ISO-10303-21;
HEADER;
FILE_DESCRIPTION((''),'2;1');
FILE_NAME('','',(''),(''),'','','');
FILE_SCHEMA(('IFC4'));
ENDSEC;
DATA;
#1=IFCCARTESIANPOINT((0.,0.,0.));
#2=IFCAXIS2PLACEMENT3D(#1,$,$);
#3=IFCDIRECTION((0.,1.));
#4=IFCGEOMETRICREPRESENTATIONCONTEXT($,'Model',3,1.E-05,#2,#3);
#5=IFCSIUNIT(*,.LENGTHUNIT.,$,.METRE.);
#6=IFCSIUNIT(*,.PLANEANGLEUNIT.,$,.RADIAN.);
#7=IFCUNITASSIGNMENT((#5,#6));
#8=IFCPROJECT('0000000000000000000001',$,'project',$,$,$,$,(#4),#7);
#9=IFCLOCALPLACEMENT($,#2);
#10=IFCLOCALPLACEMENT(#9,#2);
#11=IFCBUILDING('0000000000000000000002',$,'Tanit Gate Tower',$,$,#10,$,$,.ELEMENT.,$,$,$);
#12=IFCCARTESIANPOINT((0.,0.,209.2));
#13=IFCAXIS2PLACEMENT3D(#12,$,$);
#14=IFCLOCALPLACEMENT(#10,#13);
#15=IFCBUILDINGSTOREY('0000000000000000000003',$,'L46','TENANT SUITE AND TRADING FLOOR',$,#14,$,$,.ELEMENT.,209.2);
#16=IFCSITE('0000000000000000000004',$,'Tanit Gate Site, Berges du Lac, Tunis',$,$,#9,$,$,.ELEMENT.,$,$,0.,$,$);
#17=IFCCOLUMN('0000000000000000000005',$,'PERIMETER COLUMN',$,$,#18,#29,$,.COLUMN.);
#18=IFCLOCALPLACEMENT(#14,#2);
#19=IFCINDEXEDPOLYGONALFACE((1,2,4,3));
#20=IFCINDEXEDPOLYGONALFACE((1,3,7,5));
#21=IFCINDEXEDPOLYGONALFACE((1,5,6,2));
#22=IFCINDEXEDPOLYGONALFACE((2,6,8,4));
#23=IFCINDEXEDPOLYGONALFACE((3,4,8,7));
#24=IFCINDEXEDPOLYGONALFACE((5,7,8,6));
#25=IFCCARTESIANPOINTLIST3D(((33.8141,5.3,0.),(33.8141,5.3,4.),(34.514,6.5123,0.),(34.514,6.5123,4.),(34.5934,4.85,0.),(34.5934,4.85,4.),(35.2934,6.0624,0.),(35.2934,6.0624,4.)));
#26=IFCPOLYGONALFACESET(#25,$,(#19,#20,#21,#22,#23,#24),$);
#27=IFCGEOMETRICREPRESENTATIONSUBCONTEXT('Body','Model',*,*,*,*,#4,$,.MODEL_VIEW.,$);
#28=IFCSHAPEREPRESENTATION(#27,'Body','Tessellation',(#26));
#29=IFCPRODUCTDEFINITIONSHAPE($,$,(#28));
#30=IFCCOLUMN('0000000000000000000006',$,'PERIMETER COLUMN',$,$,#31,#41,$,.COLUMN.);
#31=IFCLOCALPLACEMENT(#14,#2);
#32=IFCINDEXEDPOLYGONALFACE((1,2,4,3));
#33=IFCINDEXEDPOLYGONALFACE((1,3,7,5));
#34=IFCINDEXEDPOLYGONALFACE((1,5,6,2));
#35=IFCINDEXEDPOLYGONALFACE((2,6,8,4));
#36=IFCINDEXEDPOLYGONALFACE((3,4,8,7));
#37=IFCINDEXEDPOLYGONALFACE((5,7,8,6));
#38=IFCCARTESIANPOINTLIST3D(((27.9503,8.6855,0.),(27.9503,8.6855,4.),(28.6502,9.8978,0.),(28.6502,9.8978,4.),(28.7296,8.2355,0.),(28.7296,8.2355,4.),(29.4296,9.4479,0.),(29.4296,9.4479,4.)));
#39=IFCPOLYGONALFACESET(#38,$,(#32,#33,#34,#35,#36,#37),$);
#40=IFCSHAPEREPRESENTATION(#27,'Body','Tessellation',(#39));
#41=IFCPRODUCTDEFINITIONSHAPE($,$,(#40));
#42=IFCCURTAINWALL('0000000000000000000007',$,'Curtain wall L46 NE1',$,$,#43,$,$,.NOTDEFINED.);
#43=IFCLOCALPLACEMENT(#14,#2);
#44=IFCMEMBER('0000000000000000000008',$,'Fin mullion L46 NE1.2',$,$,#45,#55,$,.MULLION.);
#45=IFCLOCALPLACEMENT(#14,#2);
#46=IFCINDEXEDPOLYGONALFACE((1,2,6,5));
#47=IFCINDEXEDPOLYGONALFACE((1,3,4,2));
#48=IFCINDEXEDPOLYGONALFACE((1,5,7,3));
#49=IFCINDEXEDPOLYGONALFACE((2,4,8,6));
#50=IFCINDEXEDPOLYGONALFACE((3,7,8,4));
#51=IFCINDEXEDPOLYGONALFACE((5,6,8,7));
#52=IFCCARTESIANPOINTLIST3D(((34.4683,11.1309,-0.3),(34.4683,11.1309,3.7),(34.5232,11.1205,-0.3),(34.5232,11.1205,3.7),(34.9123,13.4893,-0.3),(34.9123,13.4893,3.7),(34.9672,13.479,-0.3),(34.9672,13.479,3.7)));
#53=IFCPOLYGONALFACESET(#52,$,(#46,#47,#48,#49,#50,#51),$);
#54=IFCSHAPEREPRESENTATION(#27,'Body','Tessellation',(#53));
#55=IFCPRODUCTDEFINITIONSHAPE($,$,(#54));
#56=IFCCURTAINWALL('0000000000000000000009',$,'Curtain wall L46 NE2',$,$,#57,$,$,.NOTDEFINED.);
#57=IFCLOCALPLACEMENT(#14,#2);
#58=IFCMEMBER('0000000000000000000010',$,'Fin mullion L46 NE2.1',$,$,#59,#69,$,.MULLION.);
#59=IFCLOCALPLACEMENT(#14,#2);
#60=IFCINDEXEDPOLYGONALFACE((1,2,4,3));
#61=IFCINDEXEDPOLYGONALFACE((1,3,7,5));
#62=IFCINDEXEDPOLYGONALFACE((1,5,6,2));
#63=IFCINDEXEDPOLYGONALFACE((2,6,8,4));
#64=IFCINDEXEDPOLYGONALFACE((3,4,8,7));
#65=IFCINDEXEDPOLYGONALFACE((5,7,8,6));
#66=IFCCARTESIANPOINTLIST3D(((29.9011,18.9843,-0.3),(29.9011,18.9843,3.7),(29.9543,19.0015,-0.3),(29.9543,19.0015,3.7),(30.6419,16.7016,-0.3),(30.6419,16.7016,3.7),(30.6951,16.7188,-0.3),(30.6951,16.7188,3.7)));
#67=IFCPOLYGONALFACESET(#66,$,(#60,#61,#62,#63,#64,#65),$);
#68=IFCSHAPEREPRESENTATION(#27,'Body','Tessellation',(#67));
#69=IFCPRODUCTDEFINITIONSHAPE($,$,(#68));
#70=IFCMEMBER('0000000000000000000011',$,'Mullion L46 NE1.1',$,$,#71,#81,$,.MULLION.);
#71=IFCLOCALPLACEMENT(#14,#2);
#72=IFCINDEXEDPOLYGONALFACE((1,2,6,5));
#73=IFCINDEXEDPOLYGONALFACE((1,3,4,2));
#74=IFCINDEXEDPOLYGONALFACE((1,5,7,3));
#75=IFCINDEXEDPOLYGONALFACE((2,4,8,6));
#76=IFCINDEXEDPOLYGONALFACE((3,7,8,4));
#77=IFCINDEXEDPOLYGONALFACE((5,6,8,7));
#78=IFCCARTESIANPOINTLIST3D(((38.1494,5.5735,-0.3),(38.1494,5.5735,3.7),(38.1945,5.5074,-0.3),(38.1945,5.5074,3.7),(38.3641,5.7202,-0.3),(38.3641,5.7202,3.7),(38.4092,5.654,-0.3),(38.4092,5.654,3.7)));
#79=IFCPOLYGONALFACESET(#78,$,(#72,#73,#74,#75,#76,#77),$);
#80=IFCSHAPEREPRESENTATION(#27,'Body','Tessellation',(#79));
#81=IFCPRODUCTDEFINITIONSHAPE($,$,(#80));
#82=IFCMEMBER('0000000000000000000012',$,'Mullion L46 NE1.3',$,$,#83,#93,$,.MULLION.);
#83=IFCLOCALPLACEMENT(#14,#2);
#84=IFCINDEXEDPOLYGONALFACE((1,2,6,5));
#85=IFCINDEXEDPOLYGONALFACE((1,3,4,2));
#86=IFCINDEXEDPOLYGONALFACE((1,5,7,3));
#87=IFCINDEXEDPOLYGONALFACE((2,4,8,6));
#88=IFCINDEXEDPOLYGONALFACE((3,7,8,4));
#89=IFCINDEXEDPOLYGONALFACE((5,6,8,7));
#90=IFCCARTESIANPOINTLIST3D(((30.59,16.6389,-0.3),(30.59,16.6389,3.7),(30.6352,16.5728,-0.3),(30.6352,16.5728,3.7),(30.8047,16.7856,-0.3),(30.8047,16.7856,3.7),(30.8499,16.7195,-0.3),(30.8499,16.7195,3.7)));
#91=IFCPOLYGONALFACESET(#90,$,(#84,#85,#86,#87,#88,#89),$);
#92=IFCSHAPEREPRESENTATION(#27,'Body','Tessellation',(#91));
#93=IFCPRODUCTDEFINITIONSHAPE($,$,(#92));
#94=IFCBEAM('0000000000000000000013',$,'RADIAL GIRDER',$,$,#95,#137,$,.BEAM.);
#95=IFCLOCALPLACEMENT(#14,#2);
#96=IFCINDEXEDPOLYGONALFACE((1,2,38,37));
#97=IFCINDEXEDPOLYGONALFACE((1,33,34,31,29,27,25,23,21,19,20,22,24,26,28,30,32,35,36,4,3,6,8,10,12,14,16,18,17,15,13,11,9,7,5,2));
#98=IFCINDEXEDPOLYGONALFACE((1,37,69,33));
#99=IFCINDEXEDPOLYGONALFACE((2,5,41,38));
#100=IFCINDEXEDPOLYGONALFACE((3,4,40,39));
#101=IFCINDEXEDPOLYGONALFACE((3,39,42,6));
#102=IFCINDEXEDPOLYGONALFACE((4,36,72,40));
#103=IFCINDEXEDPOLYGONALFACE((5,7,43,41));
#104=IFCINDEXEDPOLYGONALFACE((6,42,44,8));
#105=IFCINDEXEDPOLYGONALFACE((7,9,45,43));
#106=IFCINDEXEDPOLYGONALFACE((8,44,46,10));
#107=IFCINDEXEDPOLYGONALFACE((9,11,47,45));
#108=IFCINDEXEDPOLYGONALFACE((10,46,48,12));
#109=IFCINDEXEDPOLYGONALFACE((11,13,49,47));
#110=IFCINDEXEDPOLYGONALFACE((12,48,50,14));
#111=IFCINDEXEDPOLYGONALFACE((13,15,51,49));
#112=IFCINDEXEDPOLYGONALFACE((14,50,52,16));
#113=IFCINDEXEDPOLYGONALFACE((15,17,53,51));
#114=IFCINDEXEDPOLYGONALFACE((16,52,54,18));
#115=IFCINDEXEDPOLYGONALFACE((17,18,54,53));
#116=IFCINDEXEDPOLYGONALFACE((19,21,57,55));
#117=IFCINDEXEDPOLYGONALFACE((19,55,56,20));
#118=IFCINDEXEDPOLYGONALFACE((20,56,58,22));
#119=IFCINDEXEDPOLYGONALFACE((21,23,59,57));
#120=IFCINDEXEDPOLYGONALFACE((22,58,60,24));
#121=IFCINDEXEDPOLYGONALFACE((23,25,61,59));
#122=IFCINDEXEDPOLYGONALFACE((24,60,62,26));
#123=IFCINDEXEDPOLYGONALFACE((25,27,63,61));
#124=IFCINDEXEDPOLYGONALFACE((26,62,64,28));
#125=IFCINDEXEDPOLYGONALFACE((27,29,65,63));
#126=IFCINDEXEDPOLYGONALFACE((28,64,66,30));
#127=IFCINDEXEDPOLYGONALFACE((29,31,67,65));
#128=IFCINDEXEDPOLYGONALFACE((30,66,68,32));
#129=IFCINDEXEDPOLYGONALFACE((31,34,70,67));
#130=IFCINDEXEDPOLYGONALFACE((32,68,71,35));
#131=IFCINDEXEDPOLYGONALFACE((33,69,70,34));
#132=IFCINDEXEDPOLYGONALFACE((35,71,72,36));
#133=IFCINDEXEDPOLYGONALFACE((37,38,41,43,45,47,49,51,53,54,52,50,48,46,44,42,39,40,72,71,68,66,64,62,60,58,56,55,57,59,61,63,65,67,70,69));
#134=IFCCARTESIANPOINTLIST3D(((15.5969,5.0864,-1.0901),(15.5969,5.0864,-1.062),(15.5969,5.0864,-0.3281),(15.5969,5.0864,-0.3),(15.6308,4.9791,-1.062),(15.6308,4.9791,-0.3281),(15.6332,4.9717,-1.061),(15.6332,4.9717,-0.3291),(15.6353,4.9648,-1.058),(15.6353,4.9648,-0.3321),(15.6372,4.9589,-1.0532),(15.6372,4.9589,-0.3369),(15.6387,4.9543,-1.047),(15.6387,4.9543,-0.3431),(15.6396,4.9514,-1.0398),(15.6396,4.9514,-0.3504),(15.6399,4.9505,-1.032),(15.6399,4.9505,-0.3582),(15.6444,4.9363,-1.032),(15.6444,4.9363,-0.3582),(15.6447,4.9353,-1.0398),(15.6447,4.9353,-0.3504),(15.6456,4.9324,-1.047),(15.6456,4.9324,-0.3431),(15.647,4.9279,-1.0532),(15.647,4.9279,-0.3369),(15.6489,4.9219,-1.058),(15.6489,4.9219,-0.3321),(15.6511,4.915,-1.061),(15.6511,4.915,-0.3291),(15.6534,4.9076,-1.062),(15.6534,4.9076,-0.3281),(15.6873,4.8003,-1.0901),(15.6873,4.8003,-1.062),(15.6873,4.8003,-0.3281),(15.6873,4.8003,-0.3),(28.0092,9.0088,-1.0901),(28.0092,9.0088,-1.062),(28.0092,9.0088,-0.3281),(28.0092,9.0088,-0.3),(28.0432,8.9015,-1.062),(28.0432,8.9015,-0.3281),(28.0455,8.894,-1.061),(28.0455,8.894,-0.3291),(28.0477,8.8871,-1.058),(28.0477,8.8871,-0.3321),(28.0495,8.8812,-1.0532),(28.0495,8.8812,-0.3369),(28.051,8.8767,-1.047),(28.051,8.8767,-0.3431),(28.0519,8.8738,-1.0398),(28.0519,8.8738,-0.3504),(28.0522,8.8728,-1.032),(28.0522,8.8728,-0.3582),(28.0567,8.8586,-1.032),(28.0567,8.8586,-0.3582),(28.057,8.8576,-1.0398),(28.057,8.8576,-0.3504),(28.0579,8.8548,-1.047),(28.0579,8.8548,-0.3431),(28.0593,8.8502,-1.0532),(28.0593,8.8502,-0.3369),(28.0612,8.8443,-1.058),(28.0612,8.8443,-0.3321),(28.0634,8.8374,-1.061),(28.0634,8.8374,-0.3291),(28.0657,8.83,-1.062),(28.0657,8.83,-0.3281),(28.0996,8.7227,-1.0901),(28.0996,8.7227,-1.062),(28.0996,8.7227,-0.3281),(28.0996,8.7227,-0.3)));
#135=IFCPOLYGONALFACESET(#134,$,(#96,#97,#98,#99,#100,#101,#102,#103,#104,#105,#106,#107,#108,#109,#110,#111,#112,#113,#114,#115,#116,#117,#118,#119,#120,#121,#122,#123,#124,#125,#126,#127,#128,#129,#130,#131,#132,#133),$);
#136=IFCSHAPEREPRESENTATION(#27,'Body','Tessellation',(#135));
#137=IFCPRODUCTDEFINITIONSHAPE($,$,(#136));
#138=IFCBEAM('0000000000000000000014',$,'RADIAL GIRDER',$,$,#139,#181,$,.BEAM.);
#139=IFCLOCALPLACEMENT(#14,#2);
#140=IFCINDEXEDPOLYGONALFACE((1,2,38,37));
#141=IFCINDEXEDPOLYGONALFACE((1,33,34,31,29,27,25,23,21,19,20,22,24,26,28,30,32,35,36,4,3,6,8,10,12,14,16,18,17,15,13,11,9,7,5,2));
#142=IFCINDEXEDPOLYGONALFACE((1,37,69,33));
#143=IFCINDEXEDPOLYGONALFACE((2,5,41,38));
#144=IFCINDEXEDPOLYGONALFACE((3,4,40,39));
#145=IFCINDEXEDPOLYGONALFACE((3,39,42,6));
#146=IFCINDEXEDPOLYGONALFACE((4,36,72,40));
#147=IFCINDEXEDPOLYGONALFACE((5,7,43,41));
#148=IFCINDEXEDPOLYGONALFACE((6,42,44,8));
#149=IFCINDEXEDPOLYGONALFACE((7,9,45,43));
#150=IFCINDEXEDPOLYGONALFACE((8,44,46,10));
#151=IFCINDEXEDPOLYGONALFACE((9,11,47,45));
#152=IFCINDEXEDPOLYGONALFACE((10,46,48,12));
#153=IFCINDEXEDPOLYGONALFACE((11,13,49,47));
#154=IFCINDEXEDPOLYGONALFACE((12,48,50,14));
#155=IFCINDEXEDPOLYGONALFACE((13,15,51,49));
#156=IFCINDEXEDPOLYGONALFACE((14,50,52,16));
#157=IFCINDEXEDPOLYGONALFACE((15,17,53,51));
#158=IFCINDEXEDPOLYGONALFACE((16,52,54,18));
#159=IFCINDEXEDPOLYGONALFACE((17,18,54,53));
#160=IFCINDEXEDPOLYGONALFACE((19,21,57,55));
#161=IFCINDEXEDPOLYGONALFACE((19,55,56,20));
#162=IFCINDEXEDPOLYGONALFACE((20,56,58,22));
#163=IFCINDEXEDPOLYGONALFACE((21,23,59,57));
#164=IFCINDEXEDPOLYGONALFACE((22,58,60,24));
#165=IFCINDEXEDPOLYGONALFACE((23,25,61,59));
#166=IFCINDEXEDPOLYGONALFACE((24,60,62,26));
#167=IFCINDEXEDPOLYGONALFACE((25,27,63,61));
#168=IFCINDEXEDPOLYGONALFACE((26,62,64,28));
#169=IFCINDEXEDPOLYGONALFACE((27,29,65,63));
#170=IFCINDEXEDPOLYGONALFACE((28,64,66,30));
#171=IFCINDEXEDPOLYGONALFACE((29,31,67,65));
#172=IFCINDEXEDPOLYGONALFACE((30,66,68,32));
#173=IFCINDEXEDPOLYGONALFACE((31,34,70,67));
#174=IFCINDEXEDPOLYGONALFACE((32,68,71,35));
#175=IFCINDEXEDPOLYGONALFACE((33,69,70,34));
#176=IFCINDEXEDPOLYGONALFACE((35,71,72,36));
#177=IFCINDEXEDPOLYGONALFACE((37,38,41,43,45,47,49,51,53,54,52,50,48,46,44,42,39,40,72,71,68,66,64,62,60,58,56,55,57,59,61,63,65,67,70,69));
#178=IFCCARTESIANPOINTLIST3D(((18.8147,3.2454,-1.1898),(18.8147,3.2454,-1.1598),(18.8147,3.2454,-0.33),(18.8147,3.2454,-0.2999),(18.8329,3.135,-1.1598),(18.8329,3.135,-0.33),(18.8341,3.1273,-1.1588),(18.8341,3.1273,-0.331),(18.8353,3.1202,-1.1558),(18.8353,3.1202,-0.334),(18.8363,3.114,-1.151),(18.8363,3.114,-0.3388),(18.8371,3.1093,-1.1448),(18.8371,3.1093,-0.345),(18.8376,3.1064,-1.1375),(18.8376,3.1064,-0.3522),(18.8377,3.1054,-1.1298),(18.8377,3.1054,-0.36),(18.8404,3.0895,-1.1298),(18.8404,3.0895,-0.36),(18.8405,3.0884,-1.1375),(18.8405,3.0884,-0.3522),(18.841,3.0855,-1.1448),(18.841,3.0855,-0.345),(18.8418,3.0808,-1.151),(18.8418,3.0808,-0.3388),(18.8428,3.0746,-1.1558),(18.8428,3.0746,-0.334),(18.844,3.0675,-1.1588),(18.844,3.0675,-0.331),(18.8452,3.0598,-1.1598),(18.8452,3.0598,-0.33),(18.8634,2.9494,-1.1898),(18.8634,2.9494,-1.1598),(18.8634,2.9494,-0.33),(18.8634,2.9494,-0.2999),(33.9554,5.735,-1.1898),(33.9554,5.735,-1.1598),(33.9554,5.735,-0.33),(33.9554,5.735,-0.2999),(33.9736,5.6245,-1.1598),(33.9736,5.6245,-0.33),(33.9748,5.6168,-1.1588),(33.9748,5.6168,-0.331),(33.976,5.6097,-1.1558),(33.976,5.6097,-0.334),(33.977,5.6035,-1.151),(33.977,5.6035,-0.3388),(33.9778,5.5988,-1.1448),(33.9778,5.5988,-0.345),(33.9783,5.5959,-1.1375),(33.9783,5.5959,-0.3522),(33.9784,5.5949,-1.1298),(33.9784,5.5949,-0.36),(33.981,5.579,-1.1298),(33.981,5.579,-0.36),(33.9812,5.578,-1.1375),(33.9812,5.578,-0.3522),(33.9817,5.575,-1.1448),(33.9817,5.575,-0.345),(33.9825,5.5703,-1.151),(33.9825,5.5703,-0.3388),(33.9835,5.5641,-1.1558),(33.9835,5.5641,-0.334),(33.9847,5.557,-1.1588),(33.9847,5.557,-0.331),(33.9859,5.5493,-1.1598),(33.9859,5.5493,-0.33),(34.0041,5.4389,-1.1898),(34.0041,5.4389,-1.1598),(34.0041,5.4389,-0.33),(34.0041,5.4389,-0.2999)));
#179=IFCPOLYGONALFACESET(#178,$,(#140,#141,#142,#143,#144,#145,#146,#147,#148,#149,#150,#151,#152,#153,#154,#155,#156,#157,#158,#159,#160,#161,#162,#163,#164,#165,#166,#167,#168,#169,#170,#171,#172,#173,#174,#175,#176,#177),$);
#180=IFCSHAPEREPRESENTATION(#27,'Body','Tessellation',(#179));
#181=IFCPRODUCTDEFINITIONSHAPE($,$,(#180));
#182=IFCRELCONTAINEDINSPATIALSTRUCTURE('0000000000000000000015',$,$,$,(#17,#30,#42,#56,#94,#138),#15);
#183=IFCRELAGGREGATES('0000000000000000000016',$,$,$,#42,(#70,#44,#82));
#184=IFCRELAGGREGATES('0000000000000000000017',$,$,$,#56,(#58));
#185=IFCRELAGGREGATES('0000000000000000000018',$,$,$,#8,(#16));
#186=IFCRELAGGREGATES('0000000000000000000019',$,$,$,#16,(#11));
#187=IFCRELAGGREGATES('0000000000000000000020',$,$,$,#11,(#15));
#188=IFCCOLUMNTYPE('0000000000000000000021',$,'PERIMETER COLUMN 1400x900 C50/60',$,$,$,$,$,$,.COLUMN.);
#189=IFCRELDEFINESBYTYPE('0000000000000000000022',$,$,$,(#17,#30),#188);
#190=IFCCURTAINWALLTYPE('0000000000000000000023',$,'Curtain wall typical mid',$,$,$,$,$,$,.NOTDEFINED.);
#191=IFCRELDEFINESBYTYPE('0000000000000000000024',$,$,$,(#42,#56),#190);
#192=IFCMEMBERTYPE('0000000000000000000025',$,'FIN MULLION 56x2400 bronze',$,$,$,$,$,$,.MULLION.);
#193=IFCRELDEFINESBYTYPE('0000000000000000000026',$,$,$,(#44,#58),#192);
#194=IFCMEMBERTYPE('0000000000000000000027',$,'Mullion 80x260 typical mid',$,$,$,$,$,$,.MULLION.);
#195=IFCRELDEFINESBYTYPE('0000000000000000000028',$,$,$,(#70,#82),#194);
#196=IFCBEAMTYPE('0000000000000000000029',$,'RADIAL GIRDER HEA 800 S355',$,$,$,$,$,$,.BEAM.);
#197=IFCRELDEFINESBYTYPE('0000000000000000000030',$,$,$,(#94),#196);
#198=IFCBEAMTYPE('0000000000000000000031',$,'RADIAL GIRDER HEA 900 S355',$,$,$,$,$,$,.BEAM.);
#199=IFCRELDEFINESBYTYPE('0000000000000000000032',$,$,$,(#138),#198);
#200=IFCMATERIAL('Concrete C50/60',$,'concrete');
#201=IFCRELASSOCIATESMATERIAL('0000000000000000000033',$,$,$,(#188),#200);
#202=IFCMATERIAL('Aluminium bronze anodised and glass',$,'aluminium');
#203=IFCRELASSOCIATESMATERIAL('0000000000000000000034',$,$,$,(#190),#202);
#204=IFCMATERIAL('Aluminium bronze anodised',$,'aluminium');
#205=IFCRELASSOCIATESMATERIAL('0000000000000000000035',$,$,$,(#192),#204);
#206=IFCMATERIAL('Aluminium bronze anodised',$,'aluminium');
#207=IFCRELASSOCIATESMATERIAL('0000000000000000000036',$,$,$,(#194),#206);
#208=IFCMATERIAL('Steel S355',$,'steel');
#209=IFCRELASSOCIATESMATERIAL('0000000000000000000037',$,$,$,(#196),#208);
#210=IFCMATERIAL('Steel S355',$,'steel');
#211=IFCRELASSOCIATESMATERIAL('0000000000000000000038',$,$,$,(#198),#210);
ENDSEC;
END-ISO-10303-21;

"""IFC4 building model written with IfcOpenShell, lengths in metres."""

from ifc_helpers import new_model, si_unit, direction, frame, origin, origin_2d, place, context, subcontext, project, spatial, rectangle, i_section, extrude, material, material_profile, profile_set, type_object, element, aggregate, save


model = new_model("IFC4")

# Units and contexts
model_context = context("Model", 3, precision=1e-05, world=origin(), true_north=direction((0.0, 1.0)))
body_context = subcontext(model_context, "Body", "Model", "MODEL_VIEW")
ifc_project = project(units=[si_unit("LENGTHUNIT", "METRE"), si_unit("PLANEANGLEUNIT", "RADIAN")], contexts=[model_context])

# Site, building, storey
site_placement = place(None, origin())
site = spatial("IfcSite", under=ifc_project, at=site_placement, Name="Tanit Gate Site, Berges du Lac, Tunis", CompositionType="ELEMENT", RefElevation=0.0)
building_placement = place(site_placement, origin())
building = spatial("IfcBuilding", under=site, at=building_placement, Name="Tanit Gate Tower", CompositionType="ELEMENT")
storey_placement = place(building_placement, frame((0.0, 0.0, 209.2)))
storey = spatial("IfcBuildingStorey", under=building, at=storey_placement, Name="L46", Description="TENANT SUITE AND TRADING FLOOR", CompositionType="ELEMENT", Elevation=209.2)

# Columns
ifc_material_1 = material(Name="Concrete C50/60", Category="concrete")
ifc_material_profile_1 = material_profile(ifc_material_1, rectangle(XDim=1.3999, YDim=0.8999, at=origin_2d()), Name="RC 1400x900")
ifc_profile_set_1 = profile_set([ifc_material_profile_1], Name="Concrete C50/60")
column_type = type_object("IfcColumnType", Name="PERIMETER COLUMN 1400x900 C50/60", PredefinedType="COLUMN", material=ifc_profile_set_1)
for number, where, z_axis, x_axis, name in (
    (1, (34.5537, 5.6812, 0.0), (0.0, 0.0, 1.0), (0.5, 0.866025, 0.0), "PERIMETER COLUMN"),
    (2, (28.6899, 9.0667, 0.0), (0.0, 0.0, 1.0), (0.5, 0.866025, 0.0), "PERIMETER COLUMN"),
):
    element("IfcColumn", number, at=place(storey_placement, frame(where, z_axis=z_axis, x_axis=x_axis)), inside=storey, type_object=column_type, Name=name, PredefinedType="COLUMN", context=body_context, shape_type="SweptSolid", body=[
        extrude(rectangle(XDim=1.3999, YDim=0.8999, at=origin_2d()), origin(), (0.0, 0.0, 1.0), 4.0),
    ])

# Curtain walls, members
ifc_material_2 = material(Name="Aluminium bronze anodised and glass", Category="aluminium")
curtain_wall_type = type_object("IfcCurtainWallType", Name="Curtain wall typical mid", PredefinedType="NOTDEFINED", material=ifc_material_2)
curtain_wall_1_placement = place(storey_placement, origin())
curtain_wall_1 = element("IfcCurtainWall", 3, at=curtain_wall_1_placement, inside=storey, type_object=curtain_wall_type, Name="Curtain wall L46 NE1", PredefinedType="NOTDEFINED")
ifc_material_3 = material(Name="Aluminium bronze anodised", Category="aluminium")
ifc_material_profile_2 = material_profile(ifc_material_3, rectangle(XDim=2.3999, YDim=0.0559, at=origin_2d()), Name="56x2400 bronze fin mullion")
ifc_profile_set_2 = profile_set([ifc_material_profile_2], Name="Aluminium bronze anodised")
member_type_1 = type_object("IfcMemberType", Name="FIN MULLION 56x2400 bronze", PredefinedType="MULLION", material=ifc_profile_set_2)
member_1_placement = place(storey_placement, frame((34.7178, 12.3049, -0.3), z_axis=(0.0, 0.0, 1.0), x_axis=(-0.18501, -0.982737, 0.0)))
member_1 = element("IfcMember", 4, at=member_1_placement, type_object=member_type_1, Name="Fin mullion L46 NE1.2", PredefinedType="MULLION", context=body_context, shape_type="SweptSolid", body=[
    extrude(rectangle(XDim=2.3999, YDim=0.0559, at=origin_2d()), origin(), (0.0, 0.0, 1.0), 4.0),
])
curtain_wall_2_placement = place(storey_placement, origin())
curtain_wall_2 = element("IfcCurtainWall", 5, at=curtain_wall_2_placement, inside=storey, type_object=curtain_wall_type, Name="Curtain wall L46 NE2", PredefinedType="NOTDEFINED")
member_2_placement = place(storey_placement, frame((30.2981, 17.8516, -0.3), z_axis=(0.0, 0.0, 1.0), x_axis=(0.3087, -0.95116, 0.0)))
member_2 = element("IfcMember", 6, at=member_2_placement, type_object=member_type_1, Name="Fin mullion L46 NE2.1", PredefinedType="MULLION", context=body_context, shape_type="SweptSolid", body=[
    extrude(rectangle(XDim=2.3999, YDim=0.0559, at=origin_2d()), origin(), (0.0, 0.0, 1.0), 4.0),
])

# Members
ifc_material_4 = material(Name="Aluminium bronze anodised", Category="aluminium")
ifc_material_profile_3 = material_profile(ifc_material_4, rectangle(XDim=0.26, YDim=0.0801, at=origin_2d()), Name="80x260 bronze mullion")
ifc_profile_set_3 = profile_set([ifc_material_profile_3], Name="Aluminium bronze anodised")
member_type_2 = type_object("IfcMemberType", Name="Mullion 80x260 typical mid", PredefinedType="MULLION", material=ifc_profile_set_3)
member_3_placement = place(storey_placement, frame((38.2793, 5.6138, -0.3), z_axis=(0.0, 0.0, 1.0), x_axis=(-0.825722, -0.564078, 0.0)))
member_3 = element("IfcMember", 7, at=member_3_placement, type_object=member_type_2, Name="Mullion L46 NE1.1", PredefinedType="MULLION", context=body_context, shape_type="SweptSolid", body=[
    extrude(rectangle(XDim=0.26, YDim=0.0801, at=origin_2d()), origin(), (0.0, 0.0, 1.0), 4.0),
])
member_4_placement = place(storey_placement, frame((30.72, 16.6792, -0.3), z_axis=(0.0, 0.0, 1.0), x_axis=(-0.825722, -0.564078, 0.0)))
member_4 = element("IfcMember", 8, at=member_4_placement, type_object=member_type_2, Name="Mullion L46 NE1.3", PredefinedType="MULLION", context=body_context, shape_type="SweptSolid", body=[
    extrude(rectangle(XDim=0.26, YDim=0.0801, at=origin_2d()), origin(), (0.0, 0.0, 1.0), 4.0),
])

# Beams
ifc_material_5 = material(Name="Steel S355", Category="steel")
ifc_material_profile_4 = material_profile(ifc_material_5, i_section(OverallWidth=0.3, OverallDepth=0.79, WebThickness=0.0149, FlangeThickness=0.0281, FilletRadius=0.03, at=origin_2d()), Name="HEA 800")
ifc_profile_set_4 = profile_set([ifc_material_profile_4], Name="Steel S355")
beam_type_1 = type_object("IfcBeamType", Name="RADIAL GIRDER HEA 800 S355", PredefinedType="BEAM", material=ifc_profile_set_4)
beam_1_placement = place(storey_placement, frame((28.0544, 8.8657, -0.6951), z_axis=(-0.953524, -0.301318, 0.0), x_axis=(0.301318, -0.953524, 0.0)))
element("IfcBeam", 9, at=beam_1_placement, inside=storey, type_object=beam_type_1, Name="RADIAL GIRDER", PredefinedType="BEAM", context=body_context, shape_type="SweptSolid", body=[
    extrude(i_section(OverallWidth=0.3, OverallDepth=0.79, WebThickness=0.0149, FlangeThickness=0.0281, FilletRadius=0.03, at=origin_2d()), origin(), (0.0, 0.0, 1.0), 13.0173),
])
ifc_material_6 = material(Name="Steel S355", Category="steel")
ifc_material_profile_5 = material_profile(ifc_material_6, i_section(OverallWidth=0.3, OverallDepth=0.8899, WebThickness=0.0161, FlangeThickness=0.03, FilletRadius=0.03, at=origin_2d()), Name="HEA 900")
ifc_profile_set_5 = profile_set([ifc_material_profile_5], Name="Steel S355")
beam_type_2 = type_object("IfcBeamType", Name="RADIAL GIRDER HEA 900 S355", PredefinedType="BEAM", material=ifc_profile_set_5)
beam_2_placement = place(storey_placement, frame((33.9797, 5.5869, -0.7449), z_axis=(-0.98675, -0.162247, 0.0), x_axis=(0.162247, -0.98675, 0.0)))
element("IfcBeam", 10, at=beam_2_placement, inside=storey, type_object=beam_type_2, Name="RADIAL GIRDER", PredefinedType="BEAM", context=body_context, shape_type="SweptSolid", body=[
    extrude(i_section(OverallWidth=0.3, OverallDepth=0.8899, WebThickness=0.0161, FlangeThickness=0.03, FilletRadius=0.03, at=origin_2d()), origin(), (0.0, 0.0, 1.0), 15.344),
])

aggregate(curtain_wall_1, [member_3, member_1, member_4])
aggregate(curtain_wall_2, [member_2])

save(model, "model.ifc")
